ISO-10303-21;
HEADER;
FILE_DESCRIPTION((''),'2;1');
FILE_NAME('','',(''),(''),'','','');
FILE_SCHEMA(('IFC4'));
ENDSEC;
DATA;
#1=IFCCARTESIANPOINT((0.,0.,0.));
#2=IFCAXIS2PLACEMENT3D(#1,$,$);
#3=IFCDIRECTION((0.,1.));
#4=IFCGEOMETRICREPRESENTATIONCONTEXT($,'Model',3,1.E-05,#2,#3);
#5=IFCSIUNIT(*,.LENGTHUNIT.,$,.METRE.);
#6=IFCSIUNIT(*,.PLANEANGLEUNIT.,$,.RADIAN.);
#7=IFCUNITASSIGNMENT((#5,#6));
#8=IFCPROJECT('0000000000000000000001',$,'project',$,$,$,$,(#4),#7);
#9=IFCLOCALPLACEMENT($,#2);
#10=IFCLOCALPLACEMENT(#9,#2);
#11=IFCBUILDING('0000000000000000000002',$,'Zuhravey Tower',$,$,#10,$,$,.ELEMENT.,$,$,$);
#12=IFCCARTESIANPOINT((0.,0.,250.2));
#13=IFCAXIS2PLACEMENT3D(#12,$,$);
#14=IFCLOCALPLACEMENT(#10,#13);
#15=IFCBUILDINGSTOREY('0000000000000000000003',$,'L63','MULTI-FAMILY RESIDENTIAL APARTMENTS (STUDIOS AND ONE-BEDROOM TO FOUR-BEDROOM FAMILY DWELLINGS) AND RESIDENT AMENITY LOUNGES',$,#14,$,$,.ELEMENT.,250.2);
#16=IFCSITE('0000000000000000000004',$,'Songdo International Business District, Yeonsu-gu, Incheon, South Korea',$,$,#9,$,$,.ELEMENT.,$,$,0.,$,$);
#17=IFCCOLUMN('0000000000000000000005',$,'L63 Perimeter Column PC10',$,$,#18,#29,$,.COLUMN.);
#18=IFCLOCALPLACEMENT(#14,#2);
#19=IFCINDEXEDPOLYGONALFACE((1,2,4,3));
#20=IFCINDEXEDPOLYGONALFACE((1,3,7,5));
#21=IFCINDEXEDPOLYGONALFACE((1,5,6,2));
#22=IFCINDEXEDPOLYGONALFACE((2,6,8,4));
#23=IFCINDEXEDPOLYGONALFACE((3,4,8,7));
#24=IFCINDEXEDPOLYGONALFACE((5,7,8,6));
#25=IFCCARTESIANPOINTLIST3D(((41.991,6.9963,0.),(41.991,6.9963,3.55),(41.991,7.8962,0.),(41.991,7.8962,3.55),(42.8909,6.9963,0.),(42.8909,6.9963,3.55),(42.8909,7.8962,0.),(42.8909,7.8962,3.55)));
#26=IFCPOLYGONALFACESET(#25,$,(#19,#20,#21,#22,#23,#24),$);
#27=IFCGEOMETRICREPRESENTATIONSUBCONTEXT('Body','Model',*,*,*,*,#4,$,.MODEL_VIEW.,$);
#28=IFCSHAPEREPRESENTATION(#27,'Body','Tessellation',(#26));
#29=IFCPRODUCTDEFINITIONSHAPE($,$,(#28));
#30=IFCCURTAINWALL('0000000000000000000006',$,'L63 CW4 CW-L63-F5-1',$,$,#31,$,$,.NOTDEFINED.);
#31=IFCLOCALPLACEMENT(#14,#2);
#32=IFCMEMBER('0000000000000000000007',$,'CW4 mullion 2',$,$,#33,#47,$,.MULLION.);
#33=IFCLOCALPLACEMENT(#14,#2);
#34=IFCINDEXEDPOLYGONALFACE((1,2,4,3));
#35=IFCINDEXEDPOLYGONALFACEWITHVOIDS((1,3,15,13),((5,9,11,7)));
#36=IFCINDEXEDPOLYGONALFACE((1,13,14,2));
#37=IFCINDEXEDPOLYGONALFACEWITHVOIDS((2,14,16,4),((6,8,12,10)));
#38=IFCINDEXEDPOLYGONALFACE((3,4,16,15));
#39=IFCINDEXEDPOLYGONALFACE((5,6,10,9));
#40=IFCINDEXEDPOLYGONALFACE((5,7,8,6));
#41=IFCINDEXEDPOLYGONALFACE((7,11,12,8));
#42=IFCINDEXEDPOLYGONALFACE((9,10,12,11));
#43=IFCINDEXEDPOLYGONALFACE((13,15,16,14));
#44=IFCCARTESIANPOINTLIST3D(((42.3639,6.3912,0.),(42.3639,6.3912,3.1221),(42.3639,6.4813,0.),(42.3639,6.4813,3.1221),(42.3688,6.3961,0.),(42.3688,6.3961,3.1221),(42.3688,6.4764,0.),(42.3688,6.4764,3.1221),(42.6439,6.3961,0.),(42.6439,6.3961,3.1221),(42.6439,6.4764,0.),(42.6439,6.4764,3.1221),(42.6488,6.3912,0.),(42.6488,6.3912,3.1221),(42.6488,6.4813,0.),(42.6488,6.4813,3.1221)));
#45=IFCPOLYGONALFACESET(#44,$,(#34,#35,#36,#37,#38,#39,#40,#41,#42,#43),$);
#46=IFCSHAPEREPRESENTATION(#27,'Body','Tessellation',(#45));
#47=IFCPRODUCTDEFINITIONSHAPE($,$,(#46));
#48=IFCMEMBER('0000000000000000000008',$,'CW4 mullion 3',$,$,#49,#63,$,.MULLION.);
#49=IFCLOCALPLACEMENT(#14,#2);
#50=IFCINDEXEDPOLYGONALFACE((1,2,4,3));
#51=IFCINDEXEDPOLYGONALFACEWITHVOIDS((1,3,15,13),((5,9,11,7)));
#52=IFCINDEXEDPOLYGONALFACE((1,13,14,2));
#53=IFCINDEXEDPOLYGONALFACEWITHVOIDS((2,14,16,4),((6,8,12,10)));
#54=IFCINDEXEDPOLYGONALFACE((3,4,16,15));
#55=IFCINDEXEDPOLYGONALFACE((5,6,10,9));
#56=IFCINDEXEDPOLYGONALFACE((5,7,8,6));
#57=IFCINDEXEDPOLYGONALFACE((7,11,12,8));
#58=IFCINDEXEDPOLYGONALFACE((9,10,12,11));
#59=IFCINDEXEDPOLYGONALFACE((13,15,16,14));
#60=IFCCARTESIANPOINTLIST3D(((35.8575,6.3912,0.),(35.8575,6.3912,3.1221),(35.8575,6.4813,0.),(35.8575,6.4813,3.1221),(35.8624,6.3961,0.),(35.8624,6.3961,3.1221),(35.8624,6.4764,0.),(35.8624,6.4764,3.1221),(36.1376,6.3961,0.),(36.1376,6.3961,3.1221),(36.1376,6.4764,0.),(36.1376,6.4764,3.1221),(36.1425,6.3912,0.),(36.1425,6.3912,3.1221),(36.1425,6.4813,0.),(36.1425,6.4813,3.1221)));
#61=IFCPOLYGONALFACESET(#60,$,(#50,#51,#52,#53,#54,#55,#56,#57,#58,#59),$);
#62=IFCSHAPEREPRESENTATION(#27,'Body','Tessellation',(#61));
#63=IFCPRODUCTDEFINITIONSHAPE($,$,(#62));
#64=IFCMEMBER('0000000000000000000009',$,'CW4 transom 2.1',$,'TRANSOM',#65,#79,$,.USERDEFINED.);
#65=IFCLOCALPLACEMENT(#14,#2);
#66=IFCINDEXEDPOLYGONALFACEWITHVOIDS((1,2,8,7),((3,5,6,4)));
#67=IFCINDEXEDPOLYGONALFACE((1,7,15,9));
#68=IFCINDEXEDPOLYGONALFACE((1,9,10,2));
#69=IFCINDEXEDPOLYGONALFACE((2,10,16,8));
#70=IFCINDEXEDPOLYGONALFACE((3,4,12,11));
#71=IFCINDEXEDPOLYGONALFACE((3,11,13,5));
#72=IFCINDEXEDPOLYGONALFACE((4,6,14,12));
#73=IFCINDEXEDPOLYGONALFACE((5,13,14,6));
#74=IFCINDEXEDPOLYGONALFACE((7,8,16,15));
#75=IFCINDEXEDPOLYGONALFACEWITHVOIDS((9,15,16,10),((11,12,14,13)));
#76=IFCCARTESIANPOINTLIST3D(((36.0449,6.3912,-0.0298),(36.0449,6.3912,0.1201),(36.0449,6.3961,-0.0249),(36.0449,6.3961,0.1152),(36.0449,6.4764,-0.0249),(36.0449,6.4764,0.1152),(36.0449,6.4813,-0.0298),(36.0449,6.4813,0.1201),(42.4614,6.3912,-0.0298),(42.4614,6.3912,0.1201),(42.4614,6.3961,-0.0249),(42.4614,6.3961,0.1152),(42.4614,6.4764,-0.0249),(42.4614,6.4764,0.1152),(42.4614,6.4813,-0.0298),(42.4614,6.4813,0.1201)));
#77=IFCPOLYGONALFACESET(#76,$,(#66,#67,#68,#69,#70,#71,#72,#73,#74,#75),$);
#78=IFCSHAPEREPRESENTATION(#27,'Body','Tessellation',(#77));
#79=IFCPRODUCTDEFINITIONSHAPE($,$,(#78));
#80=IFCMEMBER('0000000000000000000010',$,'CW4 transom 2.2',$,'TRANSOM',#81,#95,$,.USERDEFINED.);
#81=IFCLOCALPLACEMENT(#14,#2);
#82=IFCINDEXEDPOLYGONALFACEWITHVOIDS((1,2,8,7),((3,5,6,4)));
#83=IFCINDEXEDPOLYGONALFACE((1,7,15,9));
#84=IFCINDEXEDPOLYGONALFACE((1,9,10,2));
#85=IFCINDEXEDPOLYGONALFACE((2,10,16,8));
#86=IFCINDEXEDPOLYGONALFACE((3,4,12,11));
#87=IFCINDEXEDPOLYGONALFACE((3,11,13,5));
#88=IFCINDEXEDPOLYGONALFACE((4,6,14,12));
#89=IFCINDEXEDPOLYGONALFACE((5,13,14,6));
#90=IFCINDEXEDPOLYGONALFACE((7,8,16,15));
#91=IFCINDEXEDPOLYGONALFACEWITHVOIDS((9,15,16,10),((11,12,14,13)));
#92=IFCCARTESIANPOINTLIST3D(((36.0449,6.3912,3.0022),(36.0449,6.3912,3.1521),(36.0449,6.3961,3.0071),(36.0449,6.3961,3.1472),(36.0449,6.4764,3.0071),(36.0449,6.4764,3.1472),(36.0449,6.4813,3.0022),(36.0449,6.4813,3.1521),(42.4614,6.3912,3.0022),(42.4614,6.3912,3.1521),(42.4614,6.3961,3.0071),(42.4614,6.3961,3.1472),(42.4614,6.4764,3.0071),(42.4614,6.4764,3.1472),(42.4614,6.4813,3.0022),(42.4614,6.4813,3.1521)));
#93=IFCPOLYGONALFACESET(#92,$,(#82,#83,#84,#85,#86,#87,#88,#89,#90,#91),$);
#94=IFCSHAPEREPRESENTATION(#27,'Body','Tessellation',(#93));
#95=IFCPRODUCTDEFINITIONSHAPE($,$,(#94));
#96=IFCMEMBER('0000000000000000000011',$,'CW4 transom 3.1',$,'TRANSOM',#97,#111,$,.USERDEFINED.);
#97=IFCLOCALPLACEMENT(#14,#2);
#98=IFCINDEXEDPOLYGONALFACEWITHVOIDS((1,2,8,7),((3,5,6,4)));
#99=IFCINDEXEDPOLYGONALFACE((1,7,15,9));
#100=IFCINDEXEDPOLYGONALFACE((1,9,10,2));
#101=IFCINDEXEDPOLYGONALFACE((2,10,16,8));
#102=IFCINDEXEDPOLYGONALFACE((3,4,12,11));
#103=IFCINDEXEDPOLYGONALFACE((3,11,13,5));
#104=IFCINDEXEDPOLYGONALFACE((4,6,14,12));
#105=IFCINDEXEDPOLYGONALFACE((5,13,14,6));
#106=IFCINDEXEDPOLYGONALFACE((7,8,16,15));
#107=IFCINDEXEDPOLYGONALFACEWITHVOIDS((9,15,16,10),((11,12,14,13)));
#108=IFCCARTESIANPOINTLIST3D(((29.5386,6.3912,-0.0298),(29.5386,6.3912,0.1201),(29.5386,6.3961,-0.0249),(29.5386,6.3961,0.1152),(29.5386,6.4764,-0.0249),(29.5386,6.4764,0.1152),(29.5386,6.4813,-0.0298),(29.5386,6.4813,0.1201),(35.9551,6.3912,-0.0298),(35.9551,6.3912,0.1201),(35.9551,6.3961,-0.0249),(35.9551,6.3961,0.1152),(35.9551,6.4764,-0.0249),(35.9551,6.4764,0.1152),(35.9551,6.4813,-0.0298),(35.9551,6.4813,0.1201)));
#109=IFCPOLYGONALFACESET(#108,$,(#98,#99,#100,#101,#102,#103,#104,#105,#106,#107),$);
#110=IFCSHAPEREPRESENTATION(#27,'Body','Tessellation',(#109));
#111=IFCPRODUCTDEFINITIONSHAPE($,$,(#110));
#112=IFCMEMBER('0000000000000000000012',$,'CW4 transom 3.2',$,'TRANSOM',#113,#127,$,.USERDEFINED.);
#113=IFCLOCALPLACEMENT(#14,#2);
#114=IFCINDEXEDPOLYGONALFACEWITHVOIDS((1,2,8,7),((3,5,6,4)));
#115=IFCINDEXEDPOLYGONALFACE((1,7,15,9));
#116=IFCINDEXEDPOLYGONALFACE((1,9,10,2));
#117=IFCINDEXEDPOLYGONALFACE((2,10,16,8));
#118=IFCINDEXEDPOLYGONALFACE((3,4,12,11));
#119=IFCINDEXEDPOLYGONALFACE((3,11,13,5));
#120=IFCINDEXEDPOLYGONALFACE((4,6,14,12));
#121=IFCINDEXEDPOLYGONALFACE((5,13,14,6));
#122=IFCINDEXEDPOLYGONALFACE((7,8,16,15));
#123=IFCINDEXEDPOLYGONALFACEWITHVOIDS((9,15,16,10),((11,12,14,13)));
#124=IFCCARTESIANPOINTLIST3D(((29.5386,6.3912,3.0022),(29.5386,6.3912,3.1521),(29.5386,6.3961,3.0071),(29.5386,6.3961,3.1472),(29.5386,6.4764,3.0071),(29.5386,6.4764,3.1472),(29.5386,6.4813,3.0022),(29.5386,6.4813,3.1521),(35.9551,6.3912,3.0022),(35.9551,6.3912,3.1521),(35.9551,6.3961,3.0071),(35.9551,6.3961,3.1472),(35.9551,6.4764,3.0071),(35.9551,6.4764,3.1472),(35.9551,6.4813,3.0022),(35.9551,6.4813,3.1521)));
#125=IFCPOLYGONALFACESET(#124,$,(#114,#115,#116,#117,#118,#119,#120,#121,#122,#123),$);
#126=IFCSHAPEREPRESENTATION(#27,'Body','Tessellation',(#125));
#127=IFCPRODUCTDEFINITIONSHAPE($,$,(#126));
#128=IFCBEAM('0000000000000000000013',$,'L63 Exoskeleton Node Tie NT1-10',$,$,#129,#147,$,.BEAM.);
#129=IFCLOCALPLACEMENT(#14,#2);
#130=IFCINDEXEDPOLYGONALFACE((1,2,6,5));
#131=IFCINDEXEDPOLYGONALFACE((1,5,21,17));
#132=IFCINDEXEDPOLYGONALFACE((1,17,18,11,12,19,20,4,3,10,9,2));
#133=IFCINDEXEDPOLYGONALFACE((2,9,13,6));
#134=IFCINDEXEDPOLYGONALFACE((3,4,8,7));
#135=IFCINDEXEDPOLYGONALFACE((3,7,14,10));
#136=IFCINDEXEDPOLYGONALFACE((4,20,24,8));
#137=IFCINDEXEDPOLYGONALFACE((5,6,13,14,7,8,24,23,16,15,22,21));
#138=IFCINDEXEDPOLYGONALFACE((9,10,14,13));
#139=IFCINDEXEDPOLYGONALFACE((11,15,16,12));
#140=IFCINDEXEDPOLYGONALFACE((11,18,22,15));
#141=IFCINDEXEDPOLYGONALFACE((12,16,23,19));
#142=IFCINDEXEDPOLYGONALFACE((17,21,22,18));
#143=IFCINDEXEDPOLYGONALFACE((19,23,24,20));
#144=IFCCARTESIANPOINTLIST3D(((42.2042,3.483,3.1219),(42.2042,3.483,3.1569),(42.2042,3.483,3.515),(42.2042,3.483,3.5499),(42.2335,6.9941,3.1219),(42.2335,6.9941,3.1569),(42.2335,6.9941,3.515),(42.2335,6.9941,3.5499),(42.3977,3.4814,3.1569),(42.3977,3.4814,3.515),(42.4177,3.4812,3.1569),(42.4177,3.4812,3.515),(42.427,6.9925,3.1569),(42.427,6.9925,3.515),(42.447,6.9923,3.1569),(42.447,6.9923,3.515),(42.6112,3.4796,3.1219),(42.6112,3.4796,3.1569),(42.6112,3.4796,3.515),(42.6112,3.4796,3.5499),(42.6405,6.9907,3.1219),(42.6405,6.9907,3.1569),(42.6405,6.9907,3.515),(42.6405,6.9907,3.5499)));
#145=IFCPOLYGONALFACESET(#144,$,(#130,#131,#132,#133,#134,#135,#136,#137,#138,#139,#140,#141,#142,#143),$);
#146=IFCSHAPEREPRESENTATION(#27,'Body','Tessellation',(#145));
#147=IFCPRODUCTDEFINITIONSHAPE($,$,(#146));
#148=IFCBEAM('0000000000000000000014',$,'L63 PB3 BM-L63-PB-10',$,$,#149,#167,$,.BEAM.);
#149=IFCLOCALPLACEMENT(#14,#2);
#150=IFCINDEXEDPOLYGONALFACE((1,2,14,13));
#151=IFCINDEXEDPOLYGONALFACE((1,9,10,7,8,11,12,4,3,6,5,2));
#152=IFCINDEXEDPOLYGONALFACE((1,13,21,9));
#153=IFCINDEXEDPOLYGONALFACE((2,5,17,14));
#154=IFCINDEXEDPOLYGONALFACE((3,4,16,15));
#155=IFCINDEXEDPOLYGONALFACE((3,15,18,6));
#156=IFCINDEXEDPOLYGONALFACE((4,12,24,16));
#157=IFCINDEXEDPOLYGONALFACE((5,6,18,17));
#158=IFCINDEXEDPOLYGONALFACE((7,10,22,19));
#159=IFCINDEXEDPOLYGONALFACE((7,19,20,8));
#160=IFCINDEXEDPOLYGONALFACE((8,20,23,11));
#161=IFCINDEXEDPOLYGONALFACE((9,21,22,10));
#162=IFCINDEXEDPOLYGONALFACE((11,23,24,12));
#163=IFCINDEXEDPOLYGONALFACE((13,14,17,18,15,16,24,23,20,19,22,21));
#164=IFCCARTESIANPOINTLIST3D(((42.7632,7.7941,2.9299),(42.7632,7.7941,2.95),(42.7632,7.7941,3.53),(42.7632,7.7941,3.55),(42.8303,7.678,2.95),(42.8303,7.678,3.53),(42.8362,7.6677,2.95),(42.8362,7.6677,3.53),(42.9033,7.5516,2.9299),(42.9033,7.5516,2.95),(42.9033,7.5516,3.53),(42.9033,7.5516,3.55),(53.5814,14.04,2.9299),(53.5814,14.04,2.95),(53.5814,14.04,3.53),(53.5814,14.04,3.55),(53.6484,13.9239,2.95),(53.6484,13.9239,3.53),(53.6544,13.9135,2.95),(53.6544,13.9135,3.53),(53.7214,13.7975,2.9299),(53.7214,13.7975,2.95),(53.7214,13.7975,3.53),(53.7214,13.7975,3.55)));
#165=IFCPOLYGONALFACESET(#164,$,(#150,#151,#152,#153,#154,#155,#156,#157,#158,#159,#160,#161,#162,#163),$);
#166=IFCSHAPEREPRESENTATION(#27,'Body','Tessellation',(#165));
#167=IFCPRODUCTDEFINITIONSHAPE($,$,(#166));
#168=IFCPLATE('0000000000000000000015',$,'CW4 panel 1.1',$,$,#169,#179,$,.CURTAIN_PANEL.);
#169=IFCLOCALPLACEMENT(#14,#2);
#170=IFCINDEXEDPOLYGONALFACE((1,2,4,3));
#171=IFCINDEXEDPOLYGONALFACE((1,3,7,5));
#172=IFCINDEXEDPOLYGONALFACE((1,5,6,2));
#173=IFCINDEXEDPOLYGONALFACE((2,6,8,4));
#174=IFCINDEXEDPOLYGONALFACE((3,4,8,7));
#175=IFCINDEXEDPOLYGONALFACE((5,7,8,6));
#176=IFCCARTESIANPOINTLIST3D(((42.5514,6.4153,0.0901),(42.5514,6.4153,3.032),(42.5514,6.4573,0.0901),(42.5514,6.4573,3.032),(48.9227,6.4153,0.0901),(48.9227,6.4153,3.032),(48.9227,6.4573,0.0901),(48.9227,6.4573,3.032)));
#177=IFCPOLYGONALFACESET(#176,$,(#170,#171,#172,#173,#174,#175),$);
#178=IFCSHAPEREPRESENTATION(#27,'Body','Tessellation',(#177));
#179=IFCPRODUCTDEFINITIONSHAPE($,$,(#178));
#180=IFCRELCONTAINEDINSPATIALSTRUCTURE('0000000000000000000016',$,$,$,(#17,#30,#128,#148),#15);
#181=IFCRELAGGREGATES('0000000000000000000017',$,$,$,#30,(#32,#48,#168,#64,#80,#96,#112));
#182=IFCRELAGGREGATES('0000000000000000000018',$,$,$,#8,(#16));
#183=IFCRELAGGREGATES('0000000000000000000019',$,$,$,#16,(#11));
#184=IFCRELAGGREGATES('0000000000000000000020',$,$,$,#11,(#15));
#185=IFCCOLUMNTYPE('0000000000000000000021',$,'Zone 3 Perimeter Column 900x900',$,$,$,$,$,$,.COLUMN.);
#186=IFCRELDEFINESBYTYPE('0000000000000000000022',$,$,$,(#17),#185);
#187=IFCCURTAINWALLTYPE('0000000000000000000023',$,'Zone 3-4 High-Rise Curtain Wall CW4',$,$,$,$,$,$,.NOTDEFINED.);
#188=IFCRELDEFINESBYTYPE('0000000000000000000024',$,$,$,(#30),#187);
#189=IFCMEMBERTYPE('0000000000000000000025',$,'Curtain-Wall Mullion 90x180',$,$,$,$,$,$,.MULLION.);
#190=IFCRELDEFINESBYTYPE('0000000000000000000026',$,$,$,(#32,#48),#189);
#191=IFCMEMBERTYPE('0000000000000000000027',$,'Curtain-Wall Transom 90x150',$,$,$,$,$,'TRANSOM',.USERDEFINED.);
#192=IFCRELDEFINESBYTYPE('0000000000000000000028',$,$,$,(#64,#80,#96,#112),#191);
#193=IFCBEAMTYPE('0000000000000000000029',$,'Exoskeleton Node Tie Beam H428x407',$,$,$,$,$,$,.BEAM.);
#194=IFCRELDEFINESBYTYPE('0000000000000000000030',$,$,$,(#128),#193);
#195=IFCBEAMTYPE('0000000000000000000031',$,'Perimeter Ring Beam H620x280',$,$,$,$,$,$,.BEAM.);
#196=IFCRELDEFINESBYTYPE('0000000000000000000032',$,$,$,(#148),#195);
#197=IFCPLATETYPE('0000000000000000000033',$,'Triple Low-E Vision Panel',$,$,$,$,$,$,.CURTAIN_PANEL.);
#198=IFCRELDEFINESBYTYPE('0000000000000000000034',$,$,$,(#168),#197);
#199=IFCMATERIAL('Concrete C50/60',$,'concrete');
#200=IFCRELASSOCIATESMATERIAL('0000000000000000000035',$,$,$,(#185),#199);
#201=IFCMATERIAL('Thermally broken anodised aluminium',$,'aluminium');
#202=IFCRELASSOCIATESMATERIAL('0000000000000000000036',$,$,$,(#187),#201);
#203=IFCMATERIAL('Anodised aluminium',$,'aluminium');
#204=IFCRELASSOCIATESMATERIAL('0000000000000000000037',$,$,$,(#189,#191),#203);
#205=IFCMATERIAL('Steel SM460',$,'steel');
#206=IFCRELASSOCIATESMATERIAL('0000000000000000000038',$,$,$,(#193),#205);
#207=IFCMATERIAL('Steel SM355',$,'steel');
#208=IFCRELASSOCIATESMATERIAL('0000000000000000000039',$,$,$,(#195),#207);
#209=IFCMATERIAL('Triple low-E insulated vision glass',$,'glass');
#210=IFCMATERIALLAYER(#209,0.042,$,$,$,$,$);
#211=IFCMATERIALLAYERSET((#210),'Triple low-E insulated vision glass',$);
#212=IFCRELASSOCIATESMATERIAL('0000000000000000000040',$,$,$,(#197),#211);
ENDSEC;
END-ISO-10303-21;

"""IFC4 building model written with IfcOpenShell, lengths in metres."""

from ifc_helpers import new_model, si_unit, direction, frame, origin, origin_2d, place, context, subcontext, project, spatial, rectangle, hollow_rectangle, i_section, extrude, material, layer, layer_set, material_profile, profile_set, type_object, element, aggregate, save


model = new_model("IFC4")

# Units and contexts
model_context = context("Model", 3, precision=1e-05, world=origin(), true_north=direction((0.0, 1.0)))
body_context = subcontext(model_context, "Body", "Model", "MODEL_VIEW")
ifc_project = project(units=[si_unit("LENGTHUNIT", "METRE"), si_unit("PLANEANGLEUNIT", "RADIAN")], contexts=[model_context])

# Site, building, storey
site_placement = place(None, origin())
site = spatial("IfcSite", under=ifc_project, at=site_placement, Name="Songdo International Business District, Yeonsu-gu, Incheon, South Korea", CompositionType="ELEMENT", RefElevation=0.0)
building_placement = place(site_placement, origin())
building = spatial("IfcBuilding", under=site, at=building_placement, Name="Zuhravey Tower", CompositionType="ELEMENT")
storey_placement = place(building_placement, frame((0.0, 0.0, 250.2)))
storey = spatial("IfcBuildingStorey", under=building, at=storey_placement, Name="L63", Description="MULTI-FAMILY RESIDENTIAL APARTMENTS (STUDIOS AND ONE-BEDROOM TO FOUR-BEDROOM FAMILY DWELLINGS) AND RESIDENT AMENITY LOUNGES", CompositionType="ELEMENT", Elevation=250.2)

# Column
ifc_material_1 = material(Name="Concrete C50/60", Category="concrete")
ifc_material_profile_1 = material_profile(ifc_material_1, rectangle(XDim=0.8999, YDim=0.8999, at=origin_2d()), Name="RC-900x900")
ifc_profile_set_1 = profile_set([ifc_material_profile_1], Name="Concrete C50/60")
column_type = type_object("IfcColumnType", Name="Zone 3 Perimeter Column 900x900", PredefinedType="COLUMN", material=ifc_profile_set_1)
column_placement = place(storey_placement, frame((42.4409, 7.4463, 0.0), z_axis=(0.0, 0.0, 1.0), x_axis=(1.0, 0.0, 0.0)))
element("IfcColumn", 1, at=column_placement, inside=storey, type_object=column_type, Name="L63 Perimeter Column PC10", PredefinedType="COLUMN", context=body_context, shape_type="SweptSolid", body=[
    extrude(rectangle(XDim=0.8999, YDim=0.8999, at=origin_2d()), origin(), (0.0, 0.0, 1.0), 3.55),
])

# Curtain wall, members
ifc_material_2 = material(Name="Thermally broken anodised aluminium", Category="aluminium")
curtain_wall_type = type_object("IfcCurtainWallType", Name="Zone 3-4 High-Rise Curtain Wall CW4", PredefinedType="NOTDEFINED", material=ifc_material_2)
curtain_wall_placement = place(storey_placement, origin())
curtain_wall = element("IfcCurtainWall", 2, at=curtain_wall_placement, inside=storey, type_object=curtain_wall_type, Name="L63 CW4 CW-L63-F5-1", PredefinedType="NOTDEFINED")
ifc_material_3 = material(Name="Anodised aluminium", Category="aluminium")
ifc_material_profile_2 = material_profile(ifc_material_3, hollow_rectangle(XDim=0.0901, YDim=0.2849, WallThickness=0.0049, at=origin_2d()), Name="ALU-RHS-90x285x5")
ifc_profile_set_2 = profile_set([ifc_material_profile_2], Name="Anodised aluminium")
member_type_1 = type_object("IfcMemberType", Name="Curtain-Wall Mullion 90x180", PredefinedType="MULLION", material=ifc_profile_set_2)
member_1_placement = place(storey_placement, frame((42.5063, 6.4363, 0.0), z_axis=(0.0, 0.0, 1.0), x_axis=(0.0, -1.0, 0.0)))
member_1 = element("IfcMember", 3, at=member_1_placement, type_object=member_type_1, Name="CW4 mullion 2", PredefinedType="MULLION", context=body_context, shape_type="SweptSolid", body=[
    extrude(hollow_rectangle(XDim=0.0901, YDim=0.2849, WallThickness=0.0049, at=origin_2d()), origin(), (0.0, 0.0, 1.0), 3.1221),
])
member_2_placement = place(storey_placement, frame((36.0, 6.4363, 0.0), z_axis=(0.0, 0.0, 1.0), x_axis=(0.0, -1.0, 0.0)))
member_2 = element("IfcMember", 4, at=member_2_placement, type_object=member_type_1, Name="CW4 mullion 3", PredefinedType="MULLION", context=body_context, shape_type="SweptSolid", body=[
    extrude(hollow_rectangle(XDim=0.0901, YDim=0.2849, WallThickness=0.0049, at=origin_2d()), origin(), (0.0, 0.0, 1.0), 3.1221),
])
ifc_material_profile_3 = material_profile(ifc_material_3, hollow_rectangle(XDim=0.0901, YDim=0.1499, WallThickness=0.0049, at=origin_2d()), Name="ALU-RHS-90x150x5")
ifc_profile_set_3 = profile_set([ifc_material_profile_3], Name="Anodised aluminium")
member_type_2 = type_object("IfcMemberType", Name="Curtain-Wall Transom 90x150", ElementType="TRANSOM", PredefinedType="USERDEFINED", material=ifc_profile_set_3)
member_3_placement = place(storey_placement, frame((42.4614, 6.4363, 0.0452), z_axis=(-1.0, 0.0, 0.0), x_axis=(0.0, -1.0, 0.0)))
member_3 = element("IfcMember", 5, at=member_3_placement, type_object=member_type_2, Name="CW4 transom 2.1", ObjectType="TRANSOM", PredefinedType="USERDEFINED", context=body_context, shape_type="SweptSolid", body=[
    extrude(hollow_rectangle(XDim=0.0901, YDim=0.1499, WallThickness=0.0049, at=origin_2d()), origin(), (0.0, 0.0, 1.0), 6.4165),
])
member_4_placement = place(storey_placement, frame((42.4614, 6.4363, 3.0771), z_axis=(-1.0, 0.0, 0.0), x_axis=(0.0, -1.0, 0.0)))
member_4 = element("IfcMember", 6, at=member_4_placement, type_object=member_type_2, Name="CW4 transom 2.2", ObjectType="TRANSOM", PredefinedType="USERDEFINED", context=body_context, shape_type="SweptSolid", body=[
    extrude(hollow_rectangle(XDim=0.0901, YDim=0.1499, WallThickness=0.0049, at=origin_2d()), origin(), (0.0, 0.0, 1.0), 6.4165),
])
member_5_placement = place(storey_placement, frame((35.9551, 6.4363, 0.0452), z_axis=(-1.0, 0.0, 0.0), x_axis=(0.0, -1.0, 0.0)))
member_5 = element("IfcMember", 7, at=member_5_placement, type_object=member_type_2, Name="CW4 transom 3.1", ObjectType="TRANSOM", PredefinedType="USERDEFINED", context=body_context, shape_type="SweptSolid", body=[
    extrude(hollow_rectangle(XDim=0.0901, YDim=0.1499, WallThickness=0.0049, at=origin_2d()), origin(), (0.0, 0.0, 1.0), 6.4165),
])
member_6_placement = place(storey_placement, frame((35.9551, 6.4363, 3.0771), z_axis=(-1.0, 0.0, 0.0), x_axis=(0.0, -1.0, 0.0)))
member_6 = element("IfcMember", 8, at=member_6_placement, type_object=member_type_2, Name="CW4 transom 3.2", ObjectType="TRANSOM", PredefinedType="USERDEFINED", context=body_context, shape_type="SweptSolid", body=[
    extrude(hollow_rectangle(XDim=0.0901, YDim=0.1499, WallThickness=0.0049, at=origin_2d()), origin(), (0.0, 0.0, 1.0), 6.4165),
])

# Beams
ifc_material_4 = material(Name="Steel SM460", Category="steel")
ifc_material_profile_4 = material_profile(ifc_material_4, i_section(OverallWidth=0.407, OverallDepth=0.428, WebThickness=0.02, FlangeThickness=0.0349, at=origin_2d()), Name="H-428x407x20x35")
ifc_profile_set_4 = profile_set([ifc_material_profile_4], Name="Steel SM460")
beam_type_1 = type_object("IfcBeamType", Name="Exoskeleton Node Tie Beam H428x407", PredefinedType="BEAM", material=ifc_profile_set_4)
beam_1_placement = place(storey_placement, frame((42.437, 6.9924, 3.3359), z_axis=(-0.008344, -0.999965, 0.0), x_axis=(0.999965, -0.008344, 0.0)))
element("IfcBeam", 9, at=beam_1_placement, inside=storey, type_object=beam_type_1, Name="L63 Exoskeleton Node Tie NT1-10", PredefinedType="BEAM", context=body_context, shape_type="SweptSolid", body=[
    extrude(i_section(OverallWidth=0.407, OverallDepth=0.428, WebThickness=0.02, FlangeThickness=0.0349, at=origin_2d()), origin(), (0.0, 0.0, 1.0), 3.5112),
])
ifc_material_5 = material(Name="Steel SM355", Category="steel")
ifc_material_profile_5 = material_profile(ifc_material_5, i_section(OverallWidth=0.28, OverallDepth=0.6201, WebThickness=0.012, FlangeThickness=0.02, at=origin_2d()), Name="H-620x280x12x20")
ifc_profile_set_5 = profile_set([ifc_material_profile_5], Name="Steel SM355")
beam_type_2 = type_object("IfcBeamType", Name="Perimeter Ring Beam H620x280", PredefinedType="BEAM", material=ifc_profile_set_5)
beam_2_placement = place(storey_placement, frame((42.8333, 7.6729, 3.24), z_axis=(0.866025, 0.5, 0.0), x_axis=(-0.5, 0.866025, 0.0)))
element("IfcBeam", 10, at=beam_2_placement, inside=storey, type_object=beam_type_2, Name="L63 PB3 BM-L63-PB-10", PredefinedType="BEAM", context=body_context, shape_type="SweptSolid", body=[
    extrude(i_section(OverallWidth=0.28, OverallDepth=0.6201, WebThickness=0.012, FlangeThickness=0.02, at=origin_2d()), origin(), (0.0, 0.0, 1.0), 12.4917),
])

# Plate
ifc_material_6 = material(Name="Triple low-E insulated vision glass", Category="glass")
ifc_layer_1 = layer(ifc_material_6, 0.042)
ifc_layer_set_1 = layer_set([ifc_layer_1], Name="Triple low-E insulated vision glass")
plate_type = type_object("IfcPlateType", Name="Triple Low-E Vision Panel", PredefinedType="CURTAIN_PANEL", material=ifc_layer_set_1)
plate_1_placement = place(storey_placement, frame((45.7371, 6.4363, 0.0901), z_axis=(0.0, 0.0, 1.0), x_axis=(-1.0, 0.0, 0.0)))
plate_1 = element("IfcPlate", 11, at=plate_1_placement, type_object=plate_type, Name="CW4 panel 1.1", PredefinedType="CURTAIN_PANEL", context=body_context, shape_type="SweptSolid", body=[
    extrude(rectangle(XDim=6.3713, YDim=0.042, at=origin_2d()), origin(), (0.0, 0.0, 1.0), 2.9419),
])
aggregate(curtain_wall, [member_1, member_2, plate_1, member_3, member_4, member_5, member_6])

save(model, "model.ifc")
